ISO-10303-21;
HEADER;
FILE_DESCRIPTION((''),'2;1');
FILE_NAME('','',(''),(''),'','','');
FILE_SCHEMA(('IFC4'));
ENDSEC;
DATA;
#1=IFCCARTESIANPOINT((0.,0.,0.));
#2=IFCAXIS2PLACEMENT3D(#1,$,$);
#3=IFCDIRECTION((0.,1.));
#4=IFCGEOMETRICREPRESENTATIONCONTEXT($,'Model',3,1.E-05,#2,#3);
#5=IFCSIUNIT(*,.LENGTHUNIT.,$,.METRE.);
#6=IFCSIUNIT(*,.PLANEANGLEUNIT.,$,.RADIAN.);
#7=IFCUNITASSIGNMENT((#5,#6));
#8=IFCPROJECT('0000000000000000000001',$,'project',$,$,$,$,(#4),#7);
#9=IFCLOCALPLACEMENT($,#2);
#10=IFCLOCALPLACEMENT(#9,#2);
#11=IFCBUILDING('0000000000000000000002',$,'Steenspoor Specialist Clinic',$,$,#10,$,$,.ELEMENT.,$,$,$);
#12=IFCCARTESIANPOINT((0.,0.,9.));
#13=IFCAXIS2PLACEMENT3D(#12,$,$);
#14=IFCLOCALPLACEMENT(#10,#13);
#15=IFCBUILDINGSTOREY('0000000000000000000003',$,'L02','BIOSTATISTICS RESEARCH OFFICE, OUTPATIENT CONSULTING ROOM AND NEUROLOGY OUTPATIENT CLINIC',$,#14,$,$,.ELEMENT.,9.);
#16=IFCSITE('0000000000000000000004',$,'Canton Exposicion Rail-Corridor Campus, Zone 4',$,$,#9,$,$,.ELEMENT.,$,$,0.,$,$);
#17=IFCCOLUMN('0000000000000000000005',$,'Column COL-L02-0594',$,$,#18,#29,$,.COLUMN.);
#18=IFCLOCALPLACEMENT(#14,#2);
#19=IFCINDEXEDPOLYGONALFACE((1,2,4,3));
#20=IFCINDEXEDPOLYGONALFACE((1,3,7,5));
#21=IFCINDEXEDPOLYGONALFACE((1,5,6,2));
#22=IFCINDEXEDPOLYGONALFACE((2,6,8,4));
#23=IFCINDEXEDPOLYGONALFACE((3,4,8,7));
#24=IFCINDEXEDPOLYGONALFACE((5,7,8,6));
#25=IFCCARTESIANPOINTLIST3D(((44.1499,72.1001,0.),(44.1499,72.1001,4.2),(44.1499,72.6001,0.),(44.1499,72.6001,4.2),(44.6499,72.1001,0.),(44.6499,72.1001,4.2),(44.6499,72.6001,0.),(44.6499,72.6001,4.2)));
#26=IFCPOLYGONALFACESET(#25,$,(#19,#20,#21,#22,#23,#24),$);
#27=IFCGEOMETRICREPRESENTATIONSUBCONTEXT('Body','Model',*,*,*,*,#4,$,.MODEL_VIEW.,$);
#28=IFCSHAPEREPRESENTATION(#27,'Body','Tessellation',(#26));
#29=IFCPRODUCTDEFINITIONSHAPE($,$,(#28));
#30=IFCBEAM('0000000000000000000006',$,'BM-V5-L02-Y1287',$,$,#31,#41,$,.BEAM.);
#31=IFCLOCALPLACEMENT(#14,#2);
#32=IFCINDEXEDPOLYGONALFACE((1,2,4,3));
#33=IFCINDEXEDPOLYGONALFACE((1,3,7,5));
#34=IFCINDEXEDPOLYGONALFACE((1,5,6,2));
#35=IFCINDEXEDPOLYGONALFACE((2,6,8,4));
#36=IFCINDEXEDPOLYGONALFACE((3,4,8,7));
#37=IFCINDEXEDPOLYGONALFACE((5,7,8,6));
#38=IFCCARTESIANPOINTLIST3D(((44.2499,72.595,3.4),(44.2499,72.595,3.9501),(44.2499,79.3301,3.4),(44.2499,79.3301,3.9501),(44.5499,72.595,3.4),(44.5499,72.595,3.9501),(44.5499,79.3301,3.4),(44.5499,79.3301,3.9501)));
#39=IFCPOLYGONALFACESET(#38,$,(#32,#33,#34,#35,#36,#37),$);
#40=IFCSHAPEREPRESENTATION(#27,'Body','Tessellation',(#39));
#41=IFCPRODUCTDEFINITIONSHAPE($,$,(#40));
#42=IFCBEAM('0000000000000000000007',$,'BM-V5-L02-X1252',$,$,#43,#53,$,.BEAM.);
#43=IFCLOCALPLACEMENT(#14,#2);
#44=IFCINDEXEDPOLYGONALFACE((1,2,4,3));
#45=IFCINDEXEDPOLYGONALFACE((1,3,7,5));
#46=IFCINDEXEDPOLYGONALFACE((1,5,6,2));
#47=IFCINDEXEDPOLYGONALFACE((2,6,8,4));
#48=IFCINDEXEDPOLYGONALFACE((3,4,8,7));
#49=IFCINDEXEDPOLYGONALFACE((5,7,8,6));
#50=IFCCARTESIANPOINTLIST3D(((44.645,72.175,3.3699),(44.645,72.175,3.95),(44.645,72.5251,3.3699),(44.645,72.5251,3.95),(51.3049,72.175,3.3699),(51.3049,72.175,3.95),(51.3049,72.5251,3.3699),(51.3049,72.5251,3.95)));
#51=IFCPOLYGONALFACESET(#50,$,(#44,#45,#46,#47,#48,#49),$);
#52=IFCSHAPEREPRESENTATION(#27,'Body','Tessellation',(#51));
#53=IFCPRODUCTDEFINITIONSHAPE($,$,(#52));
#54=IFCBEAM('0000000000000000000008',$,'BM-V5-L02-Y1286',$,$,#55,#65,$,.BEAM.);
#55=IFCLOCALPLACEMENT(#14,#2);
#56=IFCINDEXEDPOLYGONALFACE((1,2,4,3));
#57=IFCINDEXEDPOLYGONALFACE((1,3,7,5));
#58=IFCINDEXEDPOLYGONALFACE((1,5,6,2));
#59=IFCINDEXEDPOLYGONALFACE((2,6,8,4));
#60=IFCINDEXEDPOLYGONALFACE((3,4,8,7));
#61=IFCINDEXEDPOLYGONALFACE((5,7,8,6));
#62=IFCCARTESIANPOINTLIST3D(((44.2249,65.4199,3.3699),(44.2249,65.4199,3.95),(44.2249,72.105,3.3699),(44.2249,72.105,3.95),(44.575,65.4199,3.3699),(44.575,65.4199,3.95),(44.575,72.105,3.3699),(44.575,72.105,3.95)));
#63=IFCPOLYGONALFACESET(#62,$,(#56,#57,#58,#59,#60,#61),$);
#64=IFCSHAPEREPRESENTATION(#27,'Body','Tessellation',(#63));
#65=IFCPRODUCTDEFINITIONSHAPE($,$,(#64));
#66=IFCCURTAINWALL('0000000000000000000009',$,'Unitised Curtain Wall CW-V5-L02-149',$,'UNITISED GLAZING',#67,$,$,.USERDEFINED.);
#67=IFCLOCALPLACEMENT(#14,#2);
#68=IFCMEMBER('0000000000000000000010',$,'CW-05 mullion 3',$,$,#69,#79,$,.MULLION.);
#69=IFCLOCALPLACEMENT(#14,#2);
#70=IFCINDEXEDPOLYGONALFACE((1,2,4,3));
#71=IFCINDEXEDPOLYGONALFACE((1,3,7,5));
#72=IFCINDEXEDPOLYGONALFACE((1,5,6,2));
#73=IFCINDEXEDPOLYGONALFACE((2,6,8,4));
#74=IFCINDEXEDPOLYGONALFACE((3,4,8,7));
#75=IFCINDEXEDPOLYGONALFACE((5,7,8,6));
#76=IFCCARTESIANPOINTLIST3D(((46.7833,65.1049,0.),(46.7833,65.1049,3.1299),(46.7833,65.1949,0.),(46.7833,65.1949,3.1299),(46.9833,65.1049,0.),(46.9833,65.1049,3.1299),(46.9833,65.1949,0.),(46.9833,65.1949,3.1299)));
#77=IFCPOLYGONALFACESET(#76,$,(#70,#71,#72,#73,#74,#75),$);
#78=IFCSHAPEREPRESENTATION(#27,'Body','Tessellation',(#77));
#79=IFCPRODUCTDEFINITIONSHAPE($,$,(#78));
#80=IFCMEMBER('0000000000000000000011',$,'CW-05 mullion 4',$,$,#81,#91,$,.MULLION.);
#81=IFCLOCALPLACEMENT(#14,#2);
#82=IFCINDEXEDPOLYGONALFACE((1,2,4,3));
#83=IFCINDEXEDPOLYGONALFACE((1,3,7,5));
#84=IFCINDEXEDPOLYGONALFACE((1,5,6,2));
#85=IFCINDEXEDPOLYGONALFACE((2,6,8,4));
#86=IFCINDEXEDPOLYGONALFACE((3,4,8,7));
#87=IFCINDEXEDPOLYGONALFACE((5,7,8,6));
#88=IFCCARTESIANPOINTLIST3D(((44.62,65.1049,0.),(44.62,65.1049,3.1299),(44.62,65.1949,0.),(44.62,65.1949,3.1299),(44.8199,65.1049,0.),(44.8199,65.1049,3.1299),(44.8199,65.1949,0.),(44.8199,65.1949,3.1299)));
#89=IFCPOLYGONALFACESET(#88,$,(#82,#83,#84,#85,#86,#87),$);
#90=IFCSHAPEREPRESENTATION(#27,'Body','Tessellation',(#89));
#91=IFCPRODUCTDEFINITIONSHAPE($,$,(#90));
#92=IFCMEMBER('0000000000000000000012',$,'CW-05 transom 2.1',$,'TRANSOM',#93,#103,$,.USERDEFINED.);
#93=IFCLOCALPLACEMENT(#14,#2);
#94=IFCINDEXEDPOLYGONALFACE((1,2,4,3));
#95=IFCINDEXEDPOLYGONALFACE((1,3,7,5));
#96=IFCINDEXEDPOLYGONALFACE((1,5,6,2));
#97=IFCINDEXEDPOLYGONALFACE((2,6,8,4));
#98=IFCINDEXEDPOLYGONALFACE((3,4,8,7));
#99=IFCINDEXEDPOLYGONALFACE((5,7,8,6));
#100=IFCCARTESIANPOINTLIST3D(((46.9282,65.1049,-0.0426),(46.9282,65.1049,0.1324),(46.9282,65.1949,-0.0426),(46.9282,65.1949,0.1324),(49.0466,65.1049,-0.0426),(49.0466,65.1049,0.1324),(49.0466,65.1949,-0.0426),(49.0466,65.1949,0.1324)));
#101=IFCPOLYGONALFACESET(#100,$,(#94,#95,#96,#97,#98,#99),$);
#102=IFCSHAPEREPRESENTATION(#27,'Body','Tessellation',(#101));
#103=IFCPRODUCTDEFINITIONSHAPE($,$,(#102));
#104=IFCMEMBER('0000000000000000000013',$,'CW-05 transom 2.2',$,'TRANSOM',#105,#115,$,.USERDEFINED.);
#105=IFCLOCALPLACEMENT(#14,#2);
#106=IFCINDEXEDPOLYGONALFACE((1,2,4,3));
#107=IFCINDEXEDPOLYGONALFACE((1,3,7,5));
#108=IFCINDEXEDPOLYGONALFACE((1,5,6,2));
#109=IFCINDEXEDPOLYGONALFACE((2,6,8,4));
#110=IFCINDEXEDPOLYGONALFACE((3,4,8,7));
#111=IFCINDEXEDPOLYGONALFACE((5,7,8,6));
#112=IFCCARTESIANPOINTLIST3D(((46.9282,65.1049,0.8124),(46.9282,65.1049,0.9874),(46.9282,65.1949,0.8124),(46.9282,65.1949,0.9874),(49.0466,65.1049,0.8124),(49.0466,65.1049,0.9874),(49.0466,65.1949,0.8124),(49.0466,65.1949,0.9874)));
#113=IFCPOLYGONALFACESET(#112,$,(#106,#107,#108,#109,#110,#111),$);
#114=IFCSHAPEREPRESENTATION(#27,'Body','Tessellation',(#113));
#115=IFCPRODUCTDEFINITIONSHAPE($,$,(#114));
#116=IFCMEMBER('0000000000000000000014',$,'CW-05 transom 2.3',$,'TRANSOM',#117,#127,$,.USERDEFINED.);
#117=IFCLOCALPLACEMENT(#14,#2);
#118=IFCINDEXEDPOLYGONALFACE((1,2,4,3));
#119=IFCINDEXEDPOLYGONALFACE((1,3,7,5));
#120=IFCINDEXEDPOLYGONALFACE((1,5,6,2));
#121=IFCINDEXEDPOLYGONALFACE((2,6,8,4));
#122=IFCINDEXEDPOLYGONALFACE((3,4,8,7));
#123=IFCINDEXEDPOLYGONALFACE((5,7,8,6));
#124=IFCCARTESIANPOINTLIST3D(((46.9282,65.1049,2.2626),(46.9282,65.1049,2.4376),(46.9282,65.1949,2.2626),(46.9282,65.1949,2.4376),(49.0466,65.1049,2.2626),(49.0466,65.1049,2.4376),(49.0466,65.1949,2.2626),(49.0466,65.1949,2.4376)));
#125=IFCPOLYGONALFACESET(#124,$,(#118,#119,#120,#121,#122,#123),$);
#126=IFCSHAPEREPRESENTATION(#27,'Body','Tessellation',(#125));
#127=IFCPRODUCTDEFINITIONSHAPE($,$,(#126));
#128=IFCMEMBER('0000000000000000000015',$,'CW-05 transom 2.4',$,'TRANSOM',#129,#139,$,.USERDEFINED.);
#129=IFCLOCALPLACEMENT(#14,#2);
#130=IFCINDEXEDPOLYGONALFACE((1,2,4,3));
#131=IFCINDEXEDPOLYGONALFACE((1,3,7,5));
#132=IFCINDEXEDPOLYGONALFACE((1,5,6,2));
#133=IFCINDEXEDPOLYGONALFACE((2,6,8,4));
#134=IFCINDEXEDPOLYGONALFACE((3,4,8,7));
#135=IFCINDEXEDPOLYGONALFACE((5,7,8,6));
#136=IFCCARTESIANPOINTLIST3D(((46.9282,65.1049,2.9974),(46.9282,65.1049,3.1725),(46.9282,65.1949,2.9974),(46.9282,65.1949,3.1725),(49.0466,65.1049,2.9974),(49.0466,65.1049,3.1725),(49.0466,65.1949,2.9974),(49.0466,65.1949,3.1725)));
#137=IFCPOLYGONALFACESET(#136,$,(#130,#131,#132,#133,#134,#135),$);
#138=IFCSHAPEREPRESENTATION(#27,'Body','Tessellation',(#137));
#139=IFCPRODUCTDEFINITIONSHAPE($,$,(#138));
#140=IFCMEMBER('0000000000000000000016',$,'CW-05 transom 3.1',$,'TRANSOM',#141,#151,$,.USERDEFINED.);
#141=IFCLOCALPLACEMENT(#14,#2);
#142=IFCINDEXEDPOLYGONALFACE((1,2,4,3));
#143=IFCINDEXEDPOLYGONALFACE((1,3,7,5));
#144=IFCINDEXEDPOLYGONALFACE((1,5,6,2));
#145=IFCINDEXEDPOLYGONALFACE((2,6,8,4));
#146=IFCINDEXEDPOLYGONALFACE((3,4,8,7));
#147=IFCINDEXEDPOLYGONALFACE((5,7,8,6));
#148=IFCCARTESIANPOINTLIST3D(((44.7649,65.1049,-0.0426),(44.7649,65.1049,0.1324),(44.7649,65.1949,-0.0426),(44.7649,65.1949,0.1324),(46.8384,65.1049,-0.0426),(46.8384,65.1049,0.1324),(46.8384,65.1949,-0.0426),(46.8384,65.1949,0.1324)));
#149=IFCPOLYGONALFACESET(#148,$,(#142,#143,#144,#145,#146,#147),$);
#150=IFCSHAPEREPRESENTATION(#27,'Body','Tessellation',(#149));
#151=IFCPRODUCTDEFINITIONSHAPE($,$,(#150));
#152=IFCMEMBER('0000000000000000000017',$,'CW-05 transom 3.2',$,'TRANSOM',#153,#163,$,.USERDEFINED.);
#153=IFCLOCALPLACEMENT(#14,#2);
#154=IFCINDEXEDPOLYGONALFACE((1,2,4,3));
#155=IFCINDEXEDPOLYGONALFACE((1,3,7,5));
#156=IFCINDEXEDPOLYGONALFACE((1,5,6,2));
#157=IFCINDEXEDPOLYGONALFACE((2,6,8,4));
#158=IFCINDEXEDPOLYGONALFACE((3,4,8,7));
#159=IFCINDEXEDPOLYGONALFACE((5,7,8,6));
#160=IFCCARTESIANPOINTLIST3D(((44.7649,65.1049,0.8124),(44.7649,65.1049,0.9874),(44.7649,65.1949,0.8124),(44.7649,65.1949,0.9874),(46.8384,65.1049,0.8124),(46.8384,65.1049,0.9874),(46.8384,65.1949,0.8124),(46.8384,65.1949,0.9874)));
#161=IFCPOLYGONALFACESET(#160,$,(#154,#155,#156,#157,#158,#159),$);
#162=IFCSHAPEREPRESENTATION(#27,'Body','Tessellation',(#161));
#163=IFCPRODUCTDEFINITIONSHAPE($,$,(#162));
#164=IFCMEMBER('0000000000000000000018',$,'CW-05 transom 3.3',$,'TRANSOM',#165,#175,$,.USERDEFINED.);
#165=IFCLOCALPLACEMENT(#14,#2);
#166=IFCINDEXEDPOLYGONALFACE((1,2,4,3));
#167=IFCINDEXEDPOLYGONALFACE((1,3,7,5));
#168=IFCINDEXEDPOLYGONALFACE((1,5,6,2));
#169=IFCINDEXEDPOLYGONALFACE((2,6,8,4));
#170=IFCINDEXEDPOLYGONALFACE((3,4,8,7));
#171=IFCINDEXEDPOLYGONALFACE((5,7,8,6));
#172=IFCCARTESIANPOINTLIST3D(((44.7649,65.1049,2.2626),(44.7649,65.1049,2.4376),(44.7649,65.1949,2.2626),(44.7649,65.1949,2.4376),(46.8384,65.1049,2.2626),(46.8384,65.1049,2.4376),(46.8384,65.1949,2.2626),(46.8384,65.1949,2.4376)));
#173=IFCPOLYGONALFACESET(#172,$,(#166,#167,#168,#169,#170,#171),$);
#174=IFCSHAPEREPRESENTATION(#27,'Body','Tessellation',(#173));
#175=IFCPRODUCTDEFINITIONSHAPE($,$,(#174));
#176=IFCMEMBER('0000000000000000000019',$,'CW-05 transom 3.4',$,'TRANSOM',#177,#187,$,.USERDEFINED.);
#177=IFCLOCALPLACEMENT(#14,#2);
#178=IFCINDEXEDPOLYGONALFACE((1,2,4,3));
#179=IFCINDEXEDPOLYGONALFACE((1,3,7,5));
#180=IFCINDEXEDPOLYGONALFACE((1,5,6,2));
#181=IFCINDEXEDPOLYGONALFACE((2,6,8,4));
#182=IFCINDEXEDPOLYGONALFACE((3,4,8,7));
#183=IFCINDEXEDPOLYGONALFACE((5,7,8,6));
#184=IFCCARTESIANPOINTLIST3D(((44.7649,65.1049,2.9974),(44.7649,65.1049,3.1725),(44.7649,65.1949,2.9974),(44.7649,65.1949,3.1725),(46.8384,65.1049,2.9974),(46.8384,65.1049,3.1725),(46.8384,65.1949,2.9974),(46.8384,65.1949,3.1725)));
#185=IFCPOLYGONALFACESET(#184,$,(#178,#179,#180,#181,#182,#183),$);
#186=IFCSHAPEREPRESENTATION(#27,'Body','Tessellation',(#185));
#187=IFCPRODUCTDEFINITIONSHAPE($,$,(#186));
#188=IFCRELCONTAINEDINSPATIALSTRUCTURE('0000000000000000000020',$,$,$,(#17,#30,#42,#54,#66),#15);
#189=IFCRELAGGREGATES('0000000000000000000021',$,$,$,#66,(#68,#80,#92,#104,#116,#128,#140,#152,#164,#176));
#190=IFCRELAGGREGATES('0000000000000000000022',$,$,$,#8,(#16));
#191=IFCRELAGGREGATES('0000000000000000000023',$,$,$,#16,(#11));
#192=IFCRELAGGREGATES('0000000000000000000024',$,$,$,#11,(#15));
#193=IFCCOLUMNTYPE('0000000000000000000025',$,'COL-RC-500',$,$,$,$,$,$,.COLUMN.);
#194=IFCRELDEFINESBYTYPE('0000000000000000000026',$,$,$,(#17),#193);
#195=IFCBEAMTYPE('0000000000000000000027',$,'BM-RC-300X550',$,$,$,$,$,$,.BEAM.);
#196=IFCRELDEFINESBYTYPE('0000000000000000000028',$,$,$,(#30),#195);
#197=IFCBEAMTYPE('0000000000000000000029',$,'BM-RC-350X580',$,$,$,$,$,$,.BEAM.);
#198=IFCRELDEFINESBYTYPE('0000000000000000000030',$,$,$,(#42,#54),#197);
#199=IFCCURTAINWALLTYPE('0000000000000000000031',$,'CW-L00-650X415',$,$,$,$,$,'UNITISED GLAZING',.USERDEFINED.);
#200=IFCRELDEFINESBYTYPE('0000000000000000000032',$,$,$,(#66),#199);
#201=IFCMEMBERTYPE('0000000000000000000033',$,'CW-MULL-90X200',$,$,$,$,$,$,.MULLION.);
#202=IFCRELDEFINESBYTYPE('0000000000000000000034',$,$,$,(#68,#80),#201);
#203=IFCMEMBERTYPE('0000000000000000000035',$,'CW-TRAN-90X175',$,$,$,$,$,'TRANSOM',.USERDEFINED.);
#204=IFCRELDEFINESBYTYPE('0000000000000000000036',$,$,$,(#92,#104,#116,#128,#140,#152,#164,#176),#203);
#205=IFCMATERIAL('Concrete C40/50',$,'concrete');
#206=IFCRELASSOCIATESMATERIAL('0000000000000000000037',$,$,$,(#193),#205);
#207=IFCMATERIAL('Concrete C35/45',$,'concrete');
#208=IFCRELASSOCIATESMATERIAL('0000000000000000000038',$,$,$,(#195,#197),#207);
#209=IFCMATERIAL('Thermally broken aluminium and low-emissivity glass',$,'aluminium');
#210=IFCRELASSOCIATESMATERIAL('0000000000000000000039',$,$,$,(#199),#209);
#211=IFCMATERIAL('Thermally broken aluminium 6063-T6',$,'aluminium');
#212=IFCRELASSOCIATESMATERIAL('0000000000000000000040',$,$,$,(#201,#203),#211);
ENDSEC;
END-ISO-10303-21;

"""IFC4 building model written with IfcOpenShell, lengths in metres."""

from ifc_helpers import new_model, si_unit, direction, frame, origin, origin_2d, place, context, subcontext, project, spatial, rectangle, extrude, material, material_profile, profile_set, type_object, element, aggregate, save


model = new_model("IFC4")

# Units and contexts
model_context = context("Model", 3, precision=1e-05, world=origin(), true_north=direction((0.0, 1.0)))
body_context = subcontext(model_context, "Body", "Model", "MODEL_VIEW")
ifc_project = project(units=[si_unit("LENGTHUNIT", "METRE"), si_unit("PLANEANGLEUNIT", "RADIAN")], contexts=[model_context])

# Site, building, storey
site_placement = place(None, origin())
site = spatial("IfcSite", under=ifc_project, at=site_placement, Name="Canton Exposicion Rail-Corridor Campus, Zone 4", CompositionType="ELEMENT", RefElevation=0.0)
building_placement = place(site_placement, origin())
building = spatial("IfcBuilding", under=site, at=building_placement, Name="Steenspoor Specialist Clinic", CompositionType="ELEMENT")
storey_placement = place(building_placement, frame((0.0, 0.0, 9.0)))
storey = spatial("IfcBuildingStorey", under=building, at=storey_placement, Name="L02", Description="BIOSTATISTICS RESEARCH OFFICE, OUTPATIENT CONSULTING ROOM AND NEUROLOGY OUTPATIENT CLINIC", CompositionType="ELEMENT", Elevation=9.0)

# Column
ifc_material_1 = material(Name="Concrete C40/50", Category="concrete")
ifc_material_profile_1 = material_profile(ifc_material_1, rectangle(XDim=0.5, YDim=0.5, at=origin_2d()), Name="RC-COL-500X500")
ifc_profile_set_1 = profile_set([ifc_material_profile_1], Name="Concrete C40/50")
column_type = type_object("IfcColumnType", Name="COL-RC-500", PredefinedType="COLUMN", material=ifc_profile_set_1)
column_placement = place(storey_placement, frame((44.3999, 72.3501, 0.0), z_axis=(0.0, 0.0, 1.0), x_axis=(1.0, 0.0, 0.0)))
element("IfcColumn", 1, at=column_placement, inside=storey, type_object=column_type, Name="Column COL-L02-0594", PredefinedType="COLUMN", context=body_context, shape_type="SweptSolid", body=[
    extrude(rectangle(XDim=0.5, YDim=0.5, at=origin_2d()), origin(), (0.0, 0.0, 1.0), 4.2),
])

# Beams
ifc_material_2 = material(Name="Concrete C35/45", Category="concrete")
ifc_material_profile_2 = material_profile(ifc_material_2, rectangle(XDim=0.3, YDim=0.55, at=origin_2d()), Name="RC-BM-300X550")
ifc_profile_set_2 = profile_set([ifc_material_profile_2], Name="Concrete C35/45")
beam_type_1 = type_object("IfcBeamType", Name="BM-RC-300X550", PredefinedType="BEAM", material=ifc_profile_set_2)
beam_1_placement = place(storey_placement, frame((44.3999, 72.595, 3.675), z_axis=(0.0, 1.0, 0.0), x_axis=(-1.0, 0.0, 0.0)))
element("IfcBeam", 2, at=beam_1_placement, inside=storey, type_object=beam_type_1, Name="BM-V5-L02-Y1287", PredefinedType="BEAM", context=body_context, shape_type="SweptSolid", body=[
    extrude(rectangle(XDim=0.3, YDim=0.55, at=origin_2d()), origin(), (0.0, 0.0, 1.0), 6.7351),
])
ifc_material_profile_3 = material_profile(ifc_material_2, rectangle(XDim=0.3501, YDim=0.5801, at=origin_2d()), Name="RC-BM-350X580")
ifc_profile_set_3 = profile_set([ifc_material_profile_3], Name="Concrete C35/45")
beam_type_2 = type_object("IfcBeamType", Name="BM-RC-350X580", PredefinedType="BEAM", material=ifc_profile_set_3)
beam_2_placement = place(storey_placement, frame((44.645, 72.3501, 3.6599), z_axis=(1.0, 0.0, 0.0), x_axis=(0.0, 1.0, 0.0)))
element("IfcBeam", 3, at=beam_2_placement, inside=storey, type_object=beam_type_2, Name="BM-V5-L02-X1252", PredefinedType="BEAM", context=body_context, shape_type="SweptSolid", body=[
    extrude(rectangle(XDim=0.3501, YDim=0.5801, at=origin_2d()), origin(), (0.0, 0.0, 1.0), 6.6599),
])
beam_3_placement = place(storey_placement, frame((44.3999, 65.4199, 3.6599), z_axis=(0.0, 1.0, 0.0), x_axis=(-1.0, 0.0, 0.0)))
element("IfcBeam", 4, at=beam_3_placement, inside=storey, type_object=beam_type_2, Name="BM-V5-L02-Y1286", PredefinedType="BEAM", context=body_context, shape_type="SweptSolid", body=[
    extrude(rectangle(XDim=0.3501, YDim=0.5801, at=origin_2d()), origin(), (0.0, 0.0, 1.0), 6.6851),
])

# Curtain wall, members
ifc_material_3 = material(Name="Thermally broken aluminium and low-emissivity glass", Category="aluminium")
curtain_wall_type = type_object("IfcCurtainWallType", Name="CW-L00-650X415", ElementType="UNITISED GLAZING", PredefinedType="USERDEFINED", material=ifc_material_3)
curtain_wall_placement = place(storey_placement, origin())
curtain_wall = element("IfcCurtainWall", 5, at=curtain_wall_placement, inside=storey, type_object=curtain_wall_type, Name="Unitised Curtain Wall CW-V5-L02-149", ObjectType="UNITISED GLAZING", PredefinedType="USERDEFINED")
ifc_material_4 = material(Name="Thermally broken aluminium 6063-T6", Category="aluminium")
ifc_material_profile_4 = material_profile(ifc_material_4, rectangle(XDim=0.0901, YDim=0.2, at=origin_2d()), Name="CWM-90X200")
ifc_profile_set_4 = profile_set([ifc_material_profile_4], Name="Thermally broken aluminium 6063-T6")
member_type_1 = type_object("IfcMemberType", Name="CW-MULL-90X200", PredefinedType="MULLION", material=ifc_profile_set_4)
member_1_placement = place(storey_placement, frame((46.8833, 65.1499, 0.0), z_axis=(0.0, 0.0, 1.0), x_axis=(0.0, -1.0, 0.0)))
member_1 = element("IfcMember", 6, at=member_1_placement, type_object=member_type_1, Name="CW-05 mullion 3", PredefinedType="MULLION", context=body_context, shape_type="SweptSolid", body=[
    extrude(rectangle(XDim=0.0901, YDim=0.2, at=origin_2d()), origin(), (0.0, 0.0, 1.0), 3.1299),
])
member_2_placement = place(storey_placement, frame((44.72, 65.1499, 0.0), z_axis=(0.0, 0.0, 1.0), x_axis=(0.0, -1.0, 0.0)))
member_2 = element("IfcMember", 7, at=member_2_placement, type_object=member_type_1, Name="CW-05 mullion 4", PredefinedType="MULLION", context=body_context, shape_type="SweptSolid", body=[
    extrude(rectangle(XDim=0.0901, YDim=0.2, at=origin_2d()), origin(), (0.0, 0.0, 1.0), 3.1299),
])
ifc_material_profile_5 = material_profile(ifc_material_4, rectangle(XDim=0.0901, YDim=0.175, at=origin_2d()), Name="CWT-90X175")
ifc_profile_set_5 = profile_set([ifc_material_profile_5], Name="Thermally broken aluminium 6063-T6")
member_type_2 = type_object("IfcMemberType", Name="CW-TRAN-90X175", ElementType="TRANSOM", PredefinedType="USERDEFINED", material=ifc_profile_set_5)
member_3_placement = place(storey_placement, frame((49.0466, 65.1499, 0.0449), z_axis=(-1.0, 0.0, 0.0), x_axis=(0.0, -1.0, 0.0)))
member_3 = element("IfcMember", 8, at=member_3_placement, type_object=member_type_2, Name="CW-05 transom 2.1", ObjectType="TRANSOM", PredefinedType="USERDEFINED", context=body_context, shape_type="SweptSolid", body=[
    extrude(rectangle(XDim=0.0901, YDim=0.175, at=origin_2d()), origin(), (0.0, 0.0, 1.0), 2.1184),
])
member_4_placement = place(storey_placement, frame((49.0466, 65.1499, 0.8999), z_axis=(-1.0, 0.0, 0.0), x_axis=(0.0, -1.0, 0.0)))
member_4 = element("IfcMember", 9, at=member_4_placement, type_object=member_type_2, Name="CW-05 transom 2.2", ObjectType="TRANSOM", PredefinedType="USERDEFINED", context=body_context, shape_type="SweptSolid", body=[
    extrude(rectangle(XDim=0.0901, YDim=0.175, at=origin_2d()), origin(), (0.0, 0.0, 1.0), 2.1184),
])
member_5_placement = place(storey_placement, frame((49.0466, 65.1499, 2.3501), z_axis=(-1.0, 0.0, 0.0), x_axis=(0.0, -1.0, 0.0)))
member_5 = element("IfcMember", 10, at=member_5_placement, type_object=member_type_2, Name="CW-05 transom 2.3", ObjectType="TRANSOM", PredefinedType="USERDEFINED", context=body_context, shape_type="SweptSolid", body=[
    extrude(rectangle(XDim=0.0901, YDim=0.175, at=origin_2d()), origin(), (0.0, 0.0, 1.0), 2.1184),
])
member_6_placement = place(storey_placement, frame((49.0466, 65.1499, 3.085), z_axis=(-1.0, 0.0, 0.0), x_axis=(0.0, -1.0, 0.0)))
member_6 = element("IfcMember", 11, at=member_6_placement, type_object=member_type_2, Name="CW-05 transom 2.4", ObjectType="TRANSOM", PredefinedType="USERDEFINED", context=body_context, shape_type="SweptSolid", body=[
    extrude(rectangle(XDim=0.0901, YDim=0.175, at=origin_2d()), origin(), (0.0, 0.0, 1.0), 2.1184),
])
member_7_placement = place(storey_placement, frame((46.8384, 65.1499, 0.0449), z_axis=(-1.0, 0.0, 0.0), x_axis=(0.0, -1.0, 0.0)))
member_7 = element("IfcMember", 12, at=member_7_placement, type_object=member_type_2, Name="CW-05 transom 3.1", ObjectType="TRANSOM", PredefinedType="USERDEFINED", context=body_context, shape_type="SweptSolid", body=[
    extrude(rectangle(XDim=0.0901, YDim=0.175, at=origin_2d()), origin(), (0.0, 0.0, 1.0), 2.0735),
])
member_8_placement = place(storey_placement, frame((46.8384, 65.1499, 0.8999), z_axis=(-1.0, 0.0, 0.0), x_axis=(0.0, -1.0, 0.0)))
member_8 = element("IfcMember", 13, at=member_8_placement, type_object=member_type_2, Name="CW-05 transom 3.2", ObjectType="TRANSOM", PredefinedType="USERDEFINED", context=body_context, shape_type="SweptSolid", body=[
    extrude(rectangle(XDim=0.0901, YDim=0.175, at=origin_2d()), origin(), (0.0, 0.0, 1.0), 2.0735),
])
member_9_placement = place(storey_placement, frame((46.8384, 65.1499, 2.3501), z_axis=(-1.0, 0.0, 0.0), x_axis=(0.0, -1.0, 0.0)))
member_9 = element("IfcMember", 14, at=member_9_placement, type_object=member_type_2, Name="CW-05 transom 3.3", ObjectType="TRANSOM", PredefinedType="USERDEFINED", context=body_context, shape_type="SweptSolid", body=[
    extrude(rectangle(XDim=0.0901, YDim=0.175, at=origin_2d()), origin(), (0.0, 0.0, 1.0), 2.0735),
])
member_10_placement = place(storey_placement, frame((46.8384, 65.1499, 3.085), z_axis=(-1.0, 0.0, 0.0), x_axis=(0.0, -1.0, 0.0)))
member_10 = element("IfcMember", 15, at=member_10_placement, type_object=member_type_2, Name="CW-05 transom 3.4", ObjectType="TRANSOM", PredefinedType="USERDEFINED", context=body_context, shape_type="SweptSolid", body=[
    extrude(rectangle(XDim=0.0901, YDim=0.175, at=origin_2d()), origin(), (0.0, 0.0, 1.0), 2.0735),
])

aggregate(curtain_wall, [member_1, member_2, member_3, member_4, member_5, member_6, member_7, member_8, member_9, member_10])

save(model, "model.ifc")
